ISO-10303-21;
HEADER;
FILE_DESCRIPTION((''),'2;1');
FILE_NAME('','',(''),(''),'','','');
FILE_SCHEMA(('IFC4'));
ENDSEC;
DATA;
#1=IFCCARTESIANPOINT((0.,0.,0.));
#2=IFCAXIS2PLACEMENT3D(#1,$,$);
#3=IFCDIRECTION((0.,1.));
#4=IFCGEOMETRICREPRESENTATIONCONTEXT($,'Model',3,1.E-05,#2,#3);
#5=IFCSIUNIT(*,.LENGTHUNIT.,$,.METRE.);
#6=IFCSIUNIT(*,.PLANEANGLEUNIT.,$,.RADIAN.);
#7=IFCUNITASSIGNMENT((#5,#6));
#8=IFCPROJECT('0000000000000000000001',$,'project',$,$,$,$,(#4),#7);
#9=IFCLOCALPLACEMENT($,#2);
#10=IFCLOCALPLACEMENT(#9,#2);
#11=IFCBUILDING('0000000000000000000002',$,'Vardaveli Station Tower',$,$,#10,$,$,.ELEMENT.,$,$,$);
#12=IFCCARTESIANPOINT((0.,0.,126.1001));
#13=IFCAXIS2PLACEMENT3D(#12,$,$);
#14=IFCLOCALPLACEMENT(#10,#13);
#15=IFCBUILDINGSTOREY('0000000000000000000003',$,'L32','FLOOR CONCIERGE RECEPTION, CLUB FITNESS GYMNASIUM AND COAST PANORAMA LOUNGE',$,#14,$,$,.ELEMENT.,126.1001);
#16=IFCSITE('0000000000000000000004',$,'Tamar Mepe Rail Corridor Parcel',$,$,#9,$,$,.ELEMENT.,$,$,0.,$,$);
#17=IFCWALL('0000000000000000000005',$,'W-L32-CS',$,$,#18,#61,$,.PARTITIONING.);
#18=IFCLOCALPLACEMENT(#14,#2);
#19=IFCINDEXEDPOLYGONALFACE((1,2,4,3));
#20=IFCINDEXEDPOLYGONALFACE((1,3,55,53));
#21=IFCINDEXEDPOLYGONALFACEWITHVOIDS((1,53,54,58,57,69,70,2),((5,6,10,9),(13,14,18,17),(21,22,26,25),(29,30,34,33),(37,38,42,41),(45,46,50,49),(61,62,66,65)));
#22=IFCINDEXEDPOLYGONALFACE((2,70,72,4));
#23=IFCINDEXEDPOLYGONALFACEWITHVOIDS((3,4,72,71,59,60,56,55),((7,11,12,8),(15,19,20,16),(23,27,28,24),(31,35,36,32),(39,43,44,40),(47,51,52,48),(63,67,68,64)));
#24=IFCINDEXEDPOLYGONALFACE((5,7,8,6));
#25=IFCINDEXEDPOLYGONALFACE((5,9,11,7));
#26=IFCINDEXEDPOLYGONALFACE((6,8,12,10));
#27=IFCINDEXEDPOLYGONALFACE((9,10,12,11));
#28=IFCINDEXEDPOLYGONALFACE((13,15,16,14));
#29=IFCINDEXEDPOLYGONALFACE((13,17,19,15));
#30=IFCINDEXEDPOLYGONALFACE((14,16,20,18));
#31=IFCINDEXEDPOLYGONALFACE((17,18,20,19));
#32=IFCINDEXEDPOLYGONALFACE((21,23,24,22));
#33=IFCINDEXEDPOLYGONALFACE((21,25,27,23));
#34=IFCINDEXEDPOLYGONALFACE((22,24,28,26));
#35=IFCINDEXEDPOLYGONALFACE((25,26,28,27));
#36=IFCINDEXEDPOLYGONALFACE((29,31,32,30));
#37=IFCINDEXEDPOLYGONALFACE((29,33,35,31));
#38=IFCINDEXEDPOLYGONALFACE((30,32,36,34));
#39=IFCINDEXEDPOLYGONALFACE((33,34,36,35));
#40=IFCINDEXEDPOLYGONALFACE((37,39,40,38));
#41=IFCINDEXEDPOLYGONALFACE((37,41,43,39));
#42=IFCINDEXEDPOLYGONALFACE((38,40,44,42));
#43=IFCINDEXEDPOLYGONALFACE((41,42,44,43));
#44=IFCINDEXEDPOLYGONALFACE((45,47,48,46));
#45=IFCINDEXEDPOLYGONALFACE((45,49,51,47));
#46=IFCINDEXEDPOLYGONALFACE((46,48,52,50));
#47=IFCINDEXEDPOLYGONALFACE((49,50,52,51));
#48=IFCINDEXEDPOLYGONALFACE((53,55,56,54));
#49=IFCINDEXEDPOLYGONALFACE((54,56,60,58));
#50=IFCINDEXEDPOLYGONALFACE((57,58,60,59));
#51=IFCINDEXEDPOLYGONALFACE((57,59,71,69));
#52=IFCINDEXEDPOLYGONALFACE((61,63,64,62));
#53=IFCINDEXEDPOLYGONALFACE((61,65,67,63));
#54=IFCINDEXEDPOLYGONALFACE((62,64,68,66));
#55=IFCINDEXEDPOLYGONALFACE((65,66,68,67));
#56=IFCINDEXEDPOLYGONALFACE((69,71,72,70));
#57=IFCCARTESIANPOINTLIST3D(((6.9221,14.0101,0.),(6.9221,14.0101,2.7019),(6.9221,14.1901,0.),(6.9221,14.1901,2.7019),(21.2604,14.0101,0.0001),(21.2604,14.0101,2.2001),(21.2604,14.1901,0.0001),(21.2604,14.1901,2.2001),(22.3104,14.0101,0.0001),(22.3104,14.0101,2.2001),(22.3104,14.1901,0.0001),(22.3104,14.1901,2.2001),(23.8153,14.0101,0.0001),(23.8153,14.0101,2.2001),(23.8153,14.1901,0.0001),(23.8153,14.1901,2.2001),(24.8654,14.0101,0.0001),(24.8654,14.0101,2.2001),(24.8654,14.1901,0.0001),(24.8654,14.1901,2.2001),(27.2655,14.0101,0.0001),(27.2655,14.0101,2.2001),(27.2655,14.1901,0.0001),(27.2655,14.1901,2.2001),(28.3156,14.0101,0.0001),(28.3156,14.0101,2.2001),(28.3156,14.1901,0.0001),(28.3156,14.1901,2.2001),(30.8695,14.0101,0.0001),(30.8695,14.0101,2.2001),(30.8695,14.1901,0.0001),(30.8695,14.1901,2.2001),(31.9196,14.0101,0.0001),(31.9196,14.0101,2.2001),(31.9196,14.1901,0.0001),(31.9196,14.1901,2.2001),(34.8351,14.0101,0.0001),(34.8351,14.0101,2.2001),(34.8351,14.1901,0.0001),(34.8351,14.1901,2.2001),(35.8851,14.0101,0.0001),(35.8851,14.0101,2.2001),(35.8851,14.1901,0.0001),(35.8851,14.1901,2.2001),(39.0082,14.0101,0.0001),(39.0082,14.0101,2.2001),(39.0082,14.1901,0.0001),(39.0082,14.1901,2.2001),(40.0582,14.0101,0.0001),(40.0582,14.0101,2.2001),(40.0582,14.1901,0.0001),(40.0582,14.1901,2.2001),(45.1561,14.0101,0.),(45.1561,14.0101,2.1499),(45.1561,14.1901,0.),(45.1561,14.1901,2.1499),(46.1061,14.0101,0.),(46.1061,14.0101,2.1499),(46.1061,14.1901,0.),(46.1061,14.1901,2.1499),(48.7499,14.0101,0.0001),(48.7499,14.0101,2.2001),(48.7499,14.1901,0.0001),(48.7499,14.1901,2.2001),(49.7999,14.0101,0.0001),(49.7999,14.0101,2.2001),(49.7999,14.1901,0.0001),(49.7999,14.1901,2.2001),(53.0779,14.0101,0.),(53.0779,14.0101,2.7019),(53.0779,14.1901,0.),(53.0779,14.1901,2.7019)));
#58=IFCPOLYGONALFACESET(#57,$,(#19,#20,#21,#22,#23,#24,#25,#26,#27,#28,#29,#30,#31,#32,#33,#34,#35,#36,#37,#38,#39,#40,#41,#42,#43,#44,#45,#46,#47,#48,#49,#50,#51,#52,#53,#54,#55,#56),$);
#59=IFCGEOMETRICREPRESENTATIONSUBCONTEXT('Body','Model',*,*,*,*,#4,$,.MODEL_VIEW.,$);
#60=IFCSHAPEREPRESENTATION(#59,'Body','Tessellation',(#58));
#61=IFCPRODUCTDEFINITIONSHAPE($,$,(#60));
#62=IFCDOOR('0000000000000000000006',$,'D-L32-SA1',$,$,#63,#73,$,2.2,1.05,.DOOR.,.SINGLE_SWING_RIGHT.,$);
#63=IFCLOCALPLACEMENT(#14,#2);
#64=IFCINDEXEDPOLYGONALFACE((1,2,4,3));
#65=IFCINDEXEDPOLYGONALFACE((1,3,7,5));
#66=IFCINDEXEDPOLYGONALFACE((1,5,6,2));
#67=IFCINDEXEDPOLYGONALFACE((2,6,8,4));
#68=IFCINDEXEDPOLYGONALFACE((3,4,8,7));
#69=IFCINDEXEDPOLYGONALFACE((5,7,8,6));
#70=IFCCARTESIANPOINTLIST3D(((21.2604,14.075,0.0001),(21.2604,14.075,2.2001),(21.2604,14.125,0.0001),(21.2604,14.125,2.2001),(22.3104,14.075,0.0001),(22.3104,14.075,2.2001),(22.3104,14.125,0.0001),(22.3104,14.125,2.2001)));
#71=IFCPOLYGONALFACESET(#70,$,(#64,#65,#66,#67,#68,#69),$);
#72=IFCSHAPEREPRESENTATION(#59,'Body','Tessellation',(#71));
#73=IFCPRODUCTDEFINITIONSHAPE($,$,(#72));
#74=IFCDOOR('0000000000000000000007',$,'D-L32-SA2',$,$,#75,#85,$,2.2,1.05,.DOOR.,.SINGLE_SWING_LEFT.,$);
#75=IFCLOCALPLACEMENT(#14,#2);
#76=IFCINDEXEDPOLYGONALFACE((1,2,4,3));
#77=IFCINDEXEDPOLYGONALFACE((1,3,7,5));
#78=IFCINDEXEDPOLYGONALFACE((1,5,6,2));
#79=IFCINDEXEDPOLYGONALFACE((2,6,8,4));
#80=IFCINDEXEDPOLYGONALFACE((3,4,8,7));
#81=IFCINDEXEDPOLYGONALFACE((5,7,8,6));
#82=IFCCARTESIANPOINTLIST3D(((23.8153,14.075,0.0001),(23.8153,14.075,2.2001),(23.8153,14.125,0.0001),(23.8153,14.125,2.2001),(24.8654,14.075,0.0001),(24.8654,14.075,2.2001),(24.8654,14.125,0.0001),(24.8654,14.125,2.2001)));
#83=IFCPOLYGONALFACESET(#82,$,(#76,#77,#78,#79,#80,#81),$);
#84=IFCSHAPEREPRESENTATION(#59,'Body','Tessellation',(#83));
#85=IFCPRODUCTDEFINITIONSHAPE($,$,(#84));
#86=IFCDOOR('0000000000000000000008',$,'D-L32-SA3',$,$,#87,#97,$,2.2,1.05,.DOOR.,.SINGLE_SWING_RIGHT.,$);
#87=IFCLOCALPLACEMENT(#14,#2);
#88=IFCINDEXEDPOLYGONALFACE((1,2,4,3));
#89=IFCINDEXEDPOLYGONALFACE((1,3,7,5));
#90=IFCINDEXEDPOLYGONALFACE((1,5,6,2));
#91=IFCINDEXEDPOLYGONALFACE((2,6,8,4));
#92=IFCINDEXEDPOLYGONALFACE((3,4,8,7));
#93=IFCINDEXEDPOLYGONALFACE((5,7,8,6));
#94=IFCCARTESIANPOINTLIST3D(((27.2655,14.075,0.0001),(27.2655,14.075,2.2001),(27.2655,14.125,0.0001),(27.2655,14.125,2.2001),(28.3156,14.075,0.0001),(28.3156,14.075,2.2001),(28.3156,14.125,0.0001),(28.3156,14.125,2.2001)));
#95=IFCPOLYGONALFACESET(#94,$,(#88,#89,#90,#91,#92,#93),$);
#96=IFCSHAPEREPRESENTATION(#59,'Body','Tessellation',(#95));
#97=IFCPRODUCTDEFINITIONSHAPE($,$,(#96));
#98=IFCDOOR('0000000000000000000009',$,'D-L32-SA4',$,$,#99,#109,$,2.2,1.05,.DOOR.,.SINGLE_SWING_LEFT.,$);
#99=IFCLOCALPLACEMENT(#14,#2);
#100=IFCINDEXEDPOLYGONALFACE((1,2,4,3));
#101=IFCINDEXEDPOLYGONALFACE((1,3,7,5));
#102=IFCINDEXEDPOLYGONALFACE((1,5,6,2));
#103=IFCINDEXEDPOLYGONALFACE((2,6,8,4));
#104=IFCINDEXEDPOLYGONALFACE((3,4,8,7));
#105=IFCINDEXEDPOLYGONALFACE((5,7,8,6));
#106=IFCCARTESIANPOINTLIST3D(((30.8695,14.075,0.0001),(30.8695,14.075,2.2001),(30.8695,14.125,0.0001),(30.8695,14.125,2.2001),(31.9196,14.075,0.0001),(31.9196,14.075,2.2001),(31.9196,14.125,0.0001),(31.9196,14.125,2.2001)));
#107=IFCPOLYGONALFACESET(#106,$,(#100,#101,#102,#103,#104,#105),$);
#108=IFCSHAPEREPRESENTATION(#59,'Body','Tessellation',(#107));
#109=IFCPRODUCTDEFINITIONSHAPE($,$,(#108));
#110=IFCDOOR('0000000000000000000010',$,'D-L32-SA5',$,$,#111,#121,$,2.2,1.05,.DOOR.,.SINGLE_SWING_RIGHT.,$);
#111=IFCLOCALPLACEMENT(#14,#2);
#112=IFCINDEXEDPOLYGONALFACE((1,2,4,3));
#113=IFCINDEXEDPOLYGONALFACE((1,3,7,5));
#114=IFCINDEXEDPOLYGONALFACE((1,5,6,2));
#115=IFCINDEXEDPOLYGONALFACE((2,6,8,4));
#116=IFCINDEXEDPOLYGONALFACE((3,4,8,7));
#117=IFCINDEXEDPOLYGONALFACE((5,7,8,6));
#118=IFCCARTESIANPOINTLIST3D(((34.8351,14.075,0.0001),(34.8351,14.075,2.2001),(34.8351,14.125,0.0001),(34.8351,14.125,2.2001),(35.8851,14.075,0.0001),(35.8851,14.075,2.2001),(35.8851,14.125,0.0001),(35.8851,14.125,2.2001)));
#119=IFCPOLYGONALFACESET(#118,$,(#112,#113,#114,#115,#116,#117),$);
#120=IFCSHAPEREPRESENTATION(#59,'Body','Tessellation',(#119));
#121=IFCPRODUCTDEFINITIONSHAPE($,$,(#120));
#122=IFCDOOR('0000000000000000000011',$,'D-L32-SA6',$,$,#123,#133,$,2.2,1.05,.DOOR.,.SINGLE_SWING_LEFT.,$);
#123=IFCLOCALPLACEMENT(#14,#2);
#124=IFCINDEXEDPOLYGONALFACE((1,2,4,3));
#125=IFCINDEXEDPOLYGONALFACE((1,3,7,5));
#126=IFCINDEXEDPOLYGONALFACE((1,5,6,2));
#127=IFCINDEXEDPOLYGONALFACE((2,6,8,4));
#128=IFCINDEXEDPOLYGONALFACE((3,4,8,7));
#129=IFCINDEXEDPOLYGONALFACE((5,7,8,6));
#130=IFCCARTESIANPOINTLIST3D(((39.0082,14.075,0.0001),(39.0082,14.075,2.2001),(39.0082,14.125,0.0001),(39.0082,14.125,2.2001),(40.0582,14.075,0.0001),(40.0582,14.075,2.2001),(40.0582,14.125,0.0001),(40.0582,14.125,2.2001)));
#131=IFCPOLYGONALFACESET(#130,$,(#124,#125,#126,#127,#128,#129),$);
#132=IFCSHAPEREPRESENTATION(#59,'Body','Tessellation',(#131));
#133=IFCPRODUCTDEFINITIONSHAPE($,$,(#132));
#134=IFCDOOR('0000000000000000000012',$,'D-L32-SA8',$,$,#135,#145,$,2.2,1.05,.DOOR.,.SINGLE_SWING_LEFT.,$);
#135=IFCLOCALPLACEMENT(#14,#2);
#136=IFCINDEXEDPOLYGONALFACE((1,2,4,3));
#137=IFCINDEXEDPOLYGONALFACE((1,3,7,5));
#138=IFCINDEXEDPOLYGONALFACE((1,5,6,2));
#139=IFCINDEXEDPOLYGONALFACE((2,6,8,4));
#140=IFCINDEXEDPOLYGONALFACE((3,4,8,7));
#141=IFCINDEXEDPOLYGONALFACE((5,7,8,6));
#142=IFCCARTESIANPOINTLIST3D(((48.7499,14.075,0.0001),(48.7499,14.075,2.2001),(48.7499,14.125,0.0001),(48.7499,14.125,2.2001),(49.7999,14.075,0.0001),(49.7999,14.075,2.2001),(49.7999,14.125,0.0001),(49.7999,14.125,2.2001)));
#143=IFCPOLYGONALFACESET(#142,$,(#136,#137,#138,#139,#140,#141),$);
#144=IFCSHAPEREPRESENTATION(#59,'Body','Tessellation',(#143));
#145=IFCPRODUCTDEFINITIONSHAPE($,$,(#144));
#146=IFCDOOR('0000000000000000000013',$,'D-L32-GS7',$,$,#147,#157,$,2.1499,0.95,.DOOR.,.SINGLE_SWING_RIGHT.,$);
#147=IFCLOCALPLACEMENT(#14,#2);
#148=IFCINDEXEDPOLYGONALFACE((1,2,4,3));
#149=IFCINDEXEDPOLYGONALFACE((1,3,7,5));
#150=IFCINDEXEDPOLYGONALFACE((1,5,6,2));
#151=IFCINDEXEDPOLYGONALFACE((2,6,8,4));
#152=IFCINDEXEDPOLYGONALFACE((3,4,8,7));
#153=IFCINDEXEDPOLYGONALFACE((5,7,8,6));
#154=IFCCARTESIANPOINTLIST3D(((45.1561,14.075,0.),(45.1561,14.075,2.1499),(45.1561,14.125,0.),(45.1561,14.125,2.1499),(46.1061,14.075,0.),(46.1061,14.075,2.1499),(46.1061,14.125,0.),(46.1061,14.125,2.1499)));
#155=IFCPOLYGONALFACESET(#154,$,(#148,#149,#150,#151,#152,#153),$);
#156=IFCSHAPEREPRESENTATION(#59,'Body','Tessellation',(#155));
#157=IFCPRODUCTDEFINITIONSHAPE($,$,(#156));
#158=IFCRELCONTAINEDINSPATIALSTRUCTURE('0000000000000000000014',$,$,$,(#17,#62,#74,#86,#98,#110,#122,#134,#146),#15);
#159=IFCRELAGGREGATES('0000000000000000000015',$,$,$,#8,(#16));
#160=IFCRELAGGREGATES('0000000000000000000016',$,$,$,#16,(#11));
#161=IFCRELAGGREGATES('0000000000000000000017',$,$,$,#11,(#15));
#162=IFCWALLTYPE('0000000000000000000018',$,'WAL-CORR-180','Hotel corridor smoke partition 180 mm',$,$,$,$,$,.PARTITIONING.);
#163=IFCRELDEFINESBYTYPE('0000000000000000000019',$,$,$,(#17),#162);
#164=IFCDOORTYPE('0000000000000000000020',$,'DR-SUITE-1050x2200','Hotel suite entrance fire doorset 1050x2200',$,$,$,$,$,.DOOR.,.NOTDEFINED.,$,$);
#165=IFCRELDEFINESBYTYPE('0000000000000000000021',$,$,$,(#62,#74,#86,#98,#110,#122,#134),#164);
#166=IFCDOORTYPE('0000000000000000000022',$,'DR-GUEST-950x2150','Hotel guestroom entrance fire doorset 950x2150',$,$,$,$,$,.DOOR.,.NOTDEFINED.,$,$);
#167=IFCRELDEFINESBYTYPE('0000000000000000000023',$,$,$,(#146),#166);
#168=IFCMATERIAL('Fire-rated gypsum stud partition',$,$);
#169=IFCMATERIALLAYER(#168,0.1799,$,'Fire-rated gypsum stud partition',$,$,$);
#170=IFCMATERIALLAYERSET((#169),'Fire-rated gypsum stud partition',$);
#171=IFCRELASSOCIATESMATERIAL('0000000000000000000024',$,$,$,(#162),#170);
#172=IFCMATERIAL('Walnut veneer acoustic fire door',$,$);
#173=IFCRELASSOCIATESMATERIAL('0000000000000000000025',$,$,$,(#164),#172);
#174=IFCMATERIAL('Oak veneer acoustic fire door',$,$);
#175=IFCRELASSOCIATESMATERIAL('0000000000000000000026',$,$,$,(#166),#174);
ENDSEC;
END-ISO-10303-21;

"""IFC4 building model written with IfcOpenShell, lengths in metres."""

from ifc_helpers import new_model, si_unit, direction, frame, frame_2d, origin, place, context, subcontext, project, spatial, rectangle, extrude, source, transform, mapped, material, layer, layer_set, type_object, element, fill, save


model = new_model("IFC4")

# Units and contexts
model_context = context("Model", 3, precision=1e-05, world=origin(), true_north=direction((0.0, 1.0)))
body_context = subcontext(model_context, "Body", "Model", "MODEL_VIEW")
ifc_project = project(units=[si_unit("LENGTHUNIT", "METRE"), si_unit("PLANEANGLEUNIT", "RADIAN")], contexts=[model_context])

# Site, building, storey
site_placement = place(None, origin())
site = spatial("IfcSite", under=ifc_project, at=site_placement, Name="Tamar Mepe Rail Corridor Parcel", CompositionType="ELEMENT", RefElevation=0.0)
building_placement = place(site_placement, origin())
building = spatial("IfcBuilding", under=site, at=building_placement, Name="Vardaveli Station Tower", CompositionType="ELEMENT")
storey_placement = place(building_placement, frame((0.0, 0.0, 126.1001)))
storey = spatial("IfcBuildingStorey", under=building, at=storey_placement, Name="L32", Description="FLOOR CONCIERGE RECEPTION, CLUB FITNESS GYMNASIUM AND COAST PANORAMA LOUNGE", CompositionType="ELEMENT", Elevation=126.1001)

# Wall, openings, doors
ifc_material_1 = material(Name="Fire-rated gypsum stud partition")
ifc_layer_1 = layer(ifc_material_1, 0.1799, Name="Fire-rated gypsum stud partition")
ifc_layer_set_1 = layer_set([ifc_layer_1], Name="Fire-rated gypsum stud partition")
wall_type_1 = type_object("IfcWallType", Name="WAL-CORR-180", Description="Hotel corridor smoke partition 180 mm", PredefinedType="PARTITIONING", material=ifc_layer_set_1)
shared_shape_1 = source(origin(), body_context, "Body", "SweptSolid", [
    extrude(rectangle(XDim=46.1558, YDim=0.1799, at=frame_2d((23.0779, 0.0))), origin(), (0.0, 0.0, 1.0), 2.7019),
])
wall_1_placement = place(storey_placement, frame((6.9221, 14.1001, 0.0), z_axis=(0.0, 0.0, 1.0), x_axis=(1.0, 0.0, 0.0)))
wall_1 = element("IfcWall", 1, at=wall_1_placement, inside=storey, type_object=wall_type_1, Name="W-L32-CS", PredefinedType="PARTITIONING", context=body_context, shape_type="MappedRepresentation", body=[
    mapped(shared_shape_1, transform((0.0, 0.0, 0.0), scale=1.0)),
])
shared_shape_2 = source(origin(), body_context, "Body", "SweptSolid", [
    extrude(rectangle(XDim=1.05, YDim=2.2, at=frame_2d((0.5249, 1.1001))), frame((0.0, 0.1001, 0.0), z_axis=(0.0, -1.0, 0.0), x_axis=(1.0, 0.0, 0.0)), (0.0, 0.0, 1.0), 0.2),
])
opening_1_placement = place(wall_1_placement, frame((14.3384, 0.0, 0.0)))
opening_1 = element("IfcOpeningElement", 2, at=opening_1_placement, cuts=wall_1, PredefinedType="OPENING", context=body_context, shape_type="MappedRepresentation", body=[
    mapped(shared_shape_2, transform((0.0, 0.0, 0.0), scale=1.0)),
])
opening_2_placement = place(wall_1_placement, frame((16.8933, 0.0, 0.0)))
opening_2 = element("IfcOpeningElement", 3, at=opening_2_placement, cuts=wall_1, PredefinedType="OPENING", context=body_context, shape_type="MappedRepresentation", body=[
    mapped(shared_shape_2, transform((0.0, 0.0, 0.0), scale=1.0)),
])
opening_3_placement = place(wall_1_placement, frame((20.3435, 0.0, 0.0)))
opening_3 = element("IfcOpeningElement", 4, at=opening_3_placement, cuts=wall_1, PredefinedType="OPENING", context=body_context, shape_type="MappedRepresentation", body=[
    mapped(shared_shape_2, transform((0.0, 0.0, 0.0), scale=1.0)),
])
opening_4_placement = place(wall_1_placement, frame((23.9475, 0.0, 0.0)))
opening_4 = element("IfcOpeningElement", 5, at=opening_4_placement, cuts=wall_1, PredefinedType="OPENING", context=body_context, shape_type="MappedRepresentation", body=[
    mapped(shared_shape_2, transform((0.0, 0.0, 0.0), scale=1.0)),
])
opening_5_placement = place(wall_1_placement, frame((27.9131, 0.0, 0.0)))
opening_5 = element("IfcOpeningElement", 6, at=opening_5_placement, cuts=wall_1, PredefinedType="OPENING", context=body_context, shape_type="MappedRepresentation", body=[
    mapped(shared_shape_2, transform((0.0, 0.0, 0.0), scale=1.0)),
])
opening_6_placement = place(wall_1_placement, frame((32.0862, 0.0, 0.0)))
opening_6 = element("IfcOpeningElement", 7, at=opening_6_placement, cuts=wall_1, PredefinedType="OPENING", context=body_context, shape_type="MappedRepresentation", body=[
    mapped(shared_shape_2, transform((0.0, 0.0, 0.0), scale=1.0)),
])
shared_shape_3 = source(origin(), body_context, "Body", "SweptSolid", [
    extrude(rectangle(XDim=0.95, YDim=2.1499, at=frame_2d((0.4751, 1.075))), frame((0.0, 0.1001, 0.0), z_axis=(0.0, -1.0, 0.0), x_axis=(1.0, 0.0, 0.0)), (0.0, 0.0, 1.0), 0.2),
])
opening_7_placement = place(wall_1_placement, frame((38.2339, 0.0, 0.0)))
opening_7 = element("IfcOpeningElement", 8, at=opening_7_placement, cuts=wall_1, PredefinedType="OPENING", context=body_context, shape_type="MappedRepresentation", body=[
    mapped(shared_shape_3, transform((0.0, 0.0, 0.0), scale=1.0)),
])
opening_8_placement = place(wall_1_placement, frame((41.8279, 0.0, 0.0)))
opening_8 = element("IfcOpeningElement", 9, at=opening_8_placement, cuts=wall_1, PredefinedType="OPENING", context=body_context, shape_type="MappedRepresentation", body=[
    mapped(shared_shape_2, transform((0.0, 0.0, 0.0), scale=1.0)),
])
ifc_material_2 = material(Name="Walnut veneer acoustic fire door")
door_type_1 = type_object("IfcDoorType", Name="DR-SUITE-1050x2200", Description="Hotel suite entrance fire doorset 1050x2200", OperationType="NOTDEFINED", PredefinedType="DOOR", material=ifc_material_2)
shared_shape_4 = source(origin(), body_context, "Body", "SweptSolid", [
    extrude(rectangle(XDim=1.05, YDim=2.2, at=frame_2d((0.5249, 1.1001))), frame((0.0, 0.0249, 0.0), z_axis=(0.0, -1.0, 0.0), x_axis=(1.0, 0.0, 0.0)), (0.0, 0.0, 1.0), 0.05),
])
door_1_placement = place(opening_1_placement, origin())
door_1 = element("IfcDoor", 10, at=door_1_placement, inside=storey, type_object=door_type_1, Name="D-L32-SA1", OperationType="SINGLE_SWING_RIGHT", OverallHeight=2.2, OverallWidth=1.05, PredefinedType="DOOR", context=body_context, shape_type="MappedRepresentation", body=[
    mapped(shared_shape_4, transform((0.0, 0.0, 0.0), scale=1.0)),
])
fill(opening_1, door_1)
door_2_placement = place(opening_2_placement, origin())
door_2 = element("IfcDoor", 11, at=door_2_placement, inside=storey, type_object=door_type_1, Name="D-L32-SA2", OperationType="SINGLE_SWING_LEFT", OverallHeight=2.2, OverallWidth=1.05, PredefinedType="DOOR", context=body_context, shape_type="MappedRepresentation", body=[
    mapped(shared_shape_4, transform((0.0, 0.0, 0.0), scale=1.0)),
])
fill(opening_2, door_2)
door_3_placement = place(opening_3_placement, origin())
door_3 = element("IfcDoor", 12, at=door_3_placement, inside=storey, type_object=door_type_1, Name="D-L32-SA3", OperationType="SINGLE_SWING_RIGHT", OverallHeight=2.2, OverallWidth=1.05, PredefinedType="DOOR", context=body_context, shape_type="MappedRepresentation", body=[
    mapped(shared_shape_4, transform((0.0, 0.0, 0.0), scale=1.0)),
])
fill(opening_3, door_3)
door_4_placement = place(opening_4_placement, origin())
door_4 = element("IfcDoor", 13, at=door_4_placement, inside=storey, type_object=door_type_1, Name="D-L32-SA4", OperationType="SINGLE_SWING_LEFT", OverallHeight=2.2, OverallWidth=1.05, PredefinedType="DOOR", context=body_context, shape_type="MappedRepresentation", body=[
    mapped(shared_shape_4, transform((0.0, 0.0, 0.0), scale=1.0)),
])
fill(opening_4, door_4)
door_5_placement = place(opening_5_placement, origin())
door_5 = element("IfcDoor", 14, at=door_5_placement, inside=storey, type_object=door_type_1, Name="D-L32-SA5", OperationType="SINGLE_SWING_RIGHT", OverallHeight=2.2, OverallWidth=1.05, PredefinedType="DOOR", context=body_context, shape_type="MappedRepresentation", body=[
    mapped(shared_shape_4, transform((0.0, 0.0, 0.0), scale=1.0)),
])
fill(opening_5, door_5)
door_6_placement = place(opening_6_placement, origin())
door_6 = element("IfcDoor", 15, at=door_6_placement, inside=storey, type_object=door_type_1, Name="D-L32-SA6", OperationType="SINGLE_SWING_LEFT", OverallHeight=2.2, OverallWidth=1.05, PredefinedType="DOOR", context=body_context, shape_type="MappedRepresentation", body=[
    mapped(shared_shape_4, transform((0.0, 0.0, 0.0), scale=1.0)),
])
fill(opening_6, door_6)
door_7_placement = place(opening_8_placement, origin())
door_7 = element("IfcDoor", 16, at=door_7_placement, inside=storey, type_object=door_type_1, Name="D-L32-SA8", OperationType="SINGLE_SWING_LEFT", OverallHeight=2.2, OverallWidth=1.05, PredefinedType="DOOR", context=body_context, shape_type="MappedRepresentation", body=[
    mapped(shared_shape_4, transform((0.0, 0.0, 0.0), scale=1.0)),
])
fill(opening_8, door_7)
ifc_material_3 = material(Name="Oak veneer acoustic fire door")
door_type_2 = type_object("IfcDoorType", Name="DR-GUEST-950x2150", Description="Hotel guestroom entrance fire doorset 950x2150", OperationType="NOTDEFINED", PredefinedType="DOOR", material=ifc_material_3)
shared_shape_5 = source(origin(), body_context, "Body", "SweptSolid", [
    extrude(rectangle(XDim=0.95, YDim=2.1499, at=frame_2d((0.4751, 1.075))), frame((0.0, 0.0249, 0.0), z_axis=(0.0, -1.0, 0.0), x_axis=(1.0, 0.0, 0.0)), (0.0, 0.0, 1.0), 0.05),
])
door_8_placement = place(opening_7_placement, origin())
door_8 = element("IfcDoor", 17, at=door_8_placement, inside=storey, type_object=door_type_2, Name="D-L32-GS7", OperationType="SINGLE_SWING_RIGHT", OverallHeight=2.1499, OverallWidth=0.95, PredefinedType="DOOR", context=body_context, shape_type="MappedRepresentation", body=[
    mapped(shared_shape_5, transform((0.0, 0.0, 0.0), scale=1.0)),
])
fill(opening_7, door_8)

save(model, "model.ifc")
